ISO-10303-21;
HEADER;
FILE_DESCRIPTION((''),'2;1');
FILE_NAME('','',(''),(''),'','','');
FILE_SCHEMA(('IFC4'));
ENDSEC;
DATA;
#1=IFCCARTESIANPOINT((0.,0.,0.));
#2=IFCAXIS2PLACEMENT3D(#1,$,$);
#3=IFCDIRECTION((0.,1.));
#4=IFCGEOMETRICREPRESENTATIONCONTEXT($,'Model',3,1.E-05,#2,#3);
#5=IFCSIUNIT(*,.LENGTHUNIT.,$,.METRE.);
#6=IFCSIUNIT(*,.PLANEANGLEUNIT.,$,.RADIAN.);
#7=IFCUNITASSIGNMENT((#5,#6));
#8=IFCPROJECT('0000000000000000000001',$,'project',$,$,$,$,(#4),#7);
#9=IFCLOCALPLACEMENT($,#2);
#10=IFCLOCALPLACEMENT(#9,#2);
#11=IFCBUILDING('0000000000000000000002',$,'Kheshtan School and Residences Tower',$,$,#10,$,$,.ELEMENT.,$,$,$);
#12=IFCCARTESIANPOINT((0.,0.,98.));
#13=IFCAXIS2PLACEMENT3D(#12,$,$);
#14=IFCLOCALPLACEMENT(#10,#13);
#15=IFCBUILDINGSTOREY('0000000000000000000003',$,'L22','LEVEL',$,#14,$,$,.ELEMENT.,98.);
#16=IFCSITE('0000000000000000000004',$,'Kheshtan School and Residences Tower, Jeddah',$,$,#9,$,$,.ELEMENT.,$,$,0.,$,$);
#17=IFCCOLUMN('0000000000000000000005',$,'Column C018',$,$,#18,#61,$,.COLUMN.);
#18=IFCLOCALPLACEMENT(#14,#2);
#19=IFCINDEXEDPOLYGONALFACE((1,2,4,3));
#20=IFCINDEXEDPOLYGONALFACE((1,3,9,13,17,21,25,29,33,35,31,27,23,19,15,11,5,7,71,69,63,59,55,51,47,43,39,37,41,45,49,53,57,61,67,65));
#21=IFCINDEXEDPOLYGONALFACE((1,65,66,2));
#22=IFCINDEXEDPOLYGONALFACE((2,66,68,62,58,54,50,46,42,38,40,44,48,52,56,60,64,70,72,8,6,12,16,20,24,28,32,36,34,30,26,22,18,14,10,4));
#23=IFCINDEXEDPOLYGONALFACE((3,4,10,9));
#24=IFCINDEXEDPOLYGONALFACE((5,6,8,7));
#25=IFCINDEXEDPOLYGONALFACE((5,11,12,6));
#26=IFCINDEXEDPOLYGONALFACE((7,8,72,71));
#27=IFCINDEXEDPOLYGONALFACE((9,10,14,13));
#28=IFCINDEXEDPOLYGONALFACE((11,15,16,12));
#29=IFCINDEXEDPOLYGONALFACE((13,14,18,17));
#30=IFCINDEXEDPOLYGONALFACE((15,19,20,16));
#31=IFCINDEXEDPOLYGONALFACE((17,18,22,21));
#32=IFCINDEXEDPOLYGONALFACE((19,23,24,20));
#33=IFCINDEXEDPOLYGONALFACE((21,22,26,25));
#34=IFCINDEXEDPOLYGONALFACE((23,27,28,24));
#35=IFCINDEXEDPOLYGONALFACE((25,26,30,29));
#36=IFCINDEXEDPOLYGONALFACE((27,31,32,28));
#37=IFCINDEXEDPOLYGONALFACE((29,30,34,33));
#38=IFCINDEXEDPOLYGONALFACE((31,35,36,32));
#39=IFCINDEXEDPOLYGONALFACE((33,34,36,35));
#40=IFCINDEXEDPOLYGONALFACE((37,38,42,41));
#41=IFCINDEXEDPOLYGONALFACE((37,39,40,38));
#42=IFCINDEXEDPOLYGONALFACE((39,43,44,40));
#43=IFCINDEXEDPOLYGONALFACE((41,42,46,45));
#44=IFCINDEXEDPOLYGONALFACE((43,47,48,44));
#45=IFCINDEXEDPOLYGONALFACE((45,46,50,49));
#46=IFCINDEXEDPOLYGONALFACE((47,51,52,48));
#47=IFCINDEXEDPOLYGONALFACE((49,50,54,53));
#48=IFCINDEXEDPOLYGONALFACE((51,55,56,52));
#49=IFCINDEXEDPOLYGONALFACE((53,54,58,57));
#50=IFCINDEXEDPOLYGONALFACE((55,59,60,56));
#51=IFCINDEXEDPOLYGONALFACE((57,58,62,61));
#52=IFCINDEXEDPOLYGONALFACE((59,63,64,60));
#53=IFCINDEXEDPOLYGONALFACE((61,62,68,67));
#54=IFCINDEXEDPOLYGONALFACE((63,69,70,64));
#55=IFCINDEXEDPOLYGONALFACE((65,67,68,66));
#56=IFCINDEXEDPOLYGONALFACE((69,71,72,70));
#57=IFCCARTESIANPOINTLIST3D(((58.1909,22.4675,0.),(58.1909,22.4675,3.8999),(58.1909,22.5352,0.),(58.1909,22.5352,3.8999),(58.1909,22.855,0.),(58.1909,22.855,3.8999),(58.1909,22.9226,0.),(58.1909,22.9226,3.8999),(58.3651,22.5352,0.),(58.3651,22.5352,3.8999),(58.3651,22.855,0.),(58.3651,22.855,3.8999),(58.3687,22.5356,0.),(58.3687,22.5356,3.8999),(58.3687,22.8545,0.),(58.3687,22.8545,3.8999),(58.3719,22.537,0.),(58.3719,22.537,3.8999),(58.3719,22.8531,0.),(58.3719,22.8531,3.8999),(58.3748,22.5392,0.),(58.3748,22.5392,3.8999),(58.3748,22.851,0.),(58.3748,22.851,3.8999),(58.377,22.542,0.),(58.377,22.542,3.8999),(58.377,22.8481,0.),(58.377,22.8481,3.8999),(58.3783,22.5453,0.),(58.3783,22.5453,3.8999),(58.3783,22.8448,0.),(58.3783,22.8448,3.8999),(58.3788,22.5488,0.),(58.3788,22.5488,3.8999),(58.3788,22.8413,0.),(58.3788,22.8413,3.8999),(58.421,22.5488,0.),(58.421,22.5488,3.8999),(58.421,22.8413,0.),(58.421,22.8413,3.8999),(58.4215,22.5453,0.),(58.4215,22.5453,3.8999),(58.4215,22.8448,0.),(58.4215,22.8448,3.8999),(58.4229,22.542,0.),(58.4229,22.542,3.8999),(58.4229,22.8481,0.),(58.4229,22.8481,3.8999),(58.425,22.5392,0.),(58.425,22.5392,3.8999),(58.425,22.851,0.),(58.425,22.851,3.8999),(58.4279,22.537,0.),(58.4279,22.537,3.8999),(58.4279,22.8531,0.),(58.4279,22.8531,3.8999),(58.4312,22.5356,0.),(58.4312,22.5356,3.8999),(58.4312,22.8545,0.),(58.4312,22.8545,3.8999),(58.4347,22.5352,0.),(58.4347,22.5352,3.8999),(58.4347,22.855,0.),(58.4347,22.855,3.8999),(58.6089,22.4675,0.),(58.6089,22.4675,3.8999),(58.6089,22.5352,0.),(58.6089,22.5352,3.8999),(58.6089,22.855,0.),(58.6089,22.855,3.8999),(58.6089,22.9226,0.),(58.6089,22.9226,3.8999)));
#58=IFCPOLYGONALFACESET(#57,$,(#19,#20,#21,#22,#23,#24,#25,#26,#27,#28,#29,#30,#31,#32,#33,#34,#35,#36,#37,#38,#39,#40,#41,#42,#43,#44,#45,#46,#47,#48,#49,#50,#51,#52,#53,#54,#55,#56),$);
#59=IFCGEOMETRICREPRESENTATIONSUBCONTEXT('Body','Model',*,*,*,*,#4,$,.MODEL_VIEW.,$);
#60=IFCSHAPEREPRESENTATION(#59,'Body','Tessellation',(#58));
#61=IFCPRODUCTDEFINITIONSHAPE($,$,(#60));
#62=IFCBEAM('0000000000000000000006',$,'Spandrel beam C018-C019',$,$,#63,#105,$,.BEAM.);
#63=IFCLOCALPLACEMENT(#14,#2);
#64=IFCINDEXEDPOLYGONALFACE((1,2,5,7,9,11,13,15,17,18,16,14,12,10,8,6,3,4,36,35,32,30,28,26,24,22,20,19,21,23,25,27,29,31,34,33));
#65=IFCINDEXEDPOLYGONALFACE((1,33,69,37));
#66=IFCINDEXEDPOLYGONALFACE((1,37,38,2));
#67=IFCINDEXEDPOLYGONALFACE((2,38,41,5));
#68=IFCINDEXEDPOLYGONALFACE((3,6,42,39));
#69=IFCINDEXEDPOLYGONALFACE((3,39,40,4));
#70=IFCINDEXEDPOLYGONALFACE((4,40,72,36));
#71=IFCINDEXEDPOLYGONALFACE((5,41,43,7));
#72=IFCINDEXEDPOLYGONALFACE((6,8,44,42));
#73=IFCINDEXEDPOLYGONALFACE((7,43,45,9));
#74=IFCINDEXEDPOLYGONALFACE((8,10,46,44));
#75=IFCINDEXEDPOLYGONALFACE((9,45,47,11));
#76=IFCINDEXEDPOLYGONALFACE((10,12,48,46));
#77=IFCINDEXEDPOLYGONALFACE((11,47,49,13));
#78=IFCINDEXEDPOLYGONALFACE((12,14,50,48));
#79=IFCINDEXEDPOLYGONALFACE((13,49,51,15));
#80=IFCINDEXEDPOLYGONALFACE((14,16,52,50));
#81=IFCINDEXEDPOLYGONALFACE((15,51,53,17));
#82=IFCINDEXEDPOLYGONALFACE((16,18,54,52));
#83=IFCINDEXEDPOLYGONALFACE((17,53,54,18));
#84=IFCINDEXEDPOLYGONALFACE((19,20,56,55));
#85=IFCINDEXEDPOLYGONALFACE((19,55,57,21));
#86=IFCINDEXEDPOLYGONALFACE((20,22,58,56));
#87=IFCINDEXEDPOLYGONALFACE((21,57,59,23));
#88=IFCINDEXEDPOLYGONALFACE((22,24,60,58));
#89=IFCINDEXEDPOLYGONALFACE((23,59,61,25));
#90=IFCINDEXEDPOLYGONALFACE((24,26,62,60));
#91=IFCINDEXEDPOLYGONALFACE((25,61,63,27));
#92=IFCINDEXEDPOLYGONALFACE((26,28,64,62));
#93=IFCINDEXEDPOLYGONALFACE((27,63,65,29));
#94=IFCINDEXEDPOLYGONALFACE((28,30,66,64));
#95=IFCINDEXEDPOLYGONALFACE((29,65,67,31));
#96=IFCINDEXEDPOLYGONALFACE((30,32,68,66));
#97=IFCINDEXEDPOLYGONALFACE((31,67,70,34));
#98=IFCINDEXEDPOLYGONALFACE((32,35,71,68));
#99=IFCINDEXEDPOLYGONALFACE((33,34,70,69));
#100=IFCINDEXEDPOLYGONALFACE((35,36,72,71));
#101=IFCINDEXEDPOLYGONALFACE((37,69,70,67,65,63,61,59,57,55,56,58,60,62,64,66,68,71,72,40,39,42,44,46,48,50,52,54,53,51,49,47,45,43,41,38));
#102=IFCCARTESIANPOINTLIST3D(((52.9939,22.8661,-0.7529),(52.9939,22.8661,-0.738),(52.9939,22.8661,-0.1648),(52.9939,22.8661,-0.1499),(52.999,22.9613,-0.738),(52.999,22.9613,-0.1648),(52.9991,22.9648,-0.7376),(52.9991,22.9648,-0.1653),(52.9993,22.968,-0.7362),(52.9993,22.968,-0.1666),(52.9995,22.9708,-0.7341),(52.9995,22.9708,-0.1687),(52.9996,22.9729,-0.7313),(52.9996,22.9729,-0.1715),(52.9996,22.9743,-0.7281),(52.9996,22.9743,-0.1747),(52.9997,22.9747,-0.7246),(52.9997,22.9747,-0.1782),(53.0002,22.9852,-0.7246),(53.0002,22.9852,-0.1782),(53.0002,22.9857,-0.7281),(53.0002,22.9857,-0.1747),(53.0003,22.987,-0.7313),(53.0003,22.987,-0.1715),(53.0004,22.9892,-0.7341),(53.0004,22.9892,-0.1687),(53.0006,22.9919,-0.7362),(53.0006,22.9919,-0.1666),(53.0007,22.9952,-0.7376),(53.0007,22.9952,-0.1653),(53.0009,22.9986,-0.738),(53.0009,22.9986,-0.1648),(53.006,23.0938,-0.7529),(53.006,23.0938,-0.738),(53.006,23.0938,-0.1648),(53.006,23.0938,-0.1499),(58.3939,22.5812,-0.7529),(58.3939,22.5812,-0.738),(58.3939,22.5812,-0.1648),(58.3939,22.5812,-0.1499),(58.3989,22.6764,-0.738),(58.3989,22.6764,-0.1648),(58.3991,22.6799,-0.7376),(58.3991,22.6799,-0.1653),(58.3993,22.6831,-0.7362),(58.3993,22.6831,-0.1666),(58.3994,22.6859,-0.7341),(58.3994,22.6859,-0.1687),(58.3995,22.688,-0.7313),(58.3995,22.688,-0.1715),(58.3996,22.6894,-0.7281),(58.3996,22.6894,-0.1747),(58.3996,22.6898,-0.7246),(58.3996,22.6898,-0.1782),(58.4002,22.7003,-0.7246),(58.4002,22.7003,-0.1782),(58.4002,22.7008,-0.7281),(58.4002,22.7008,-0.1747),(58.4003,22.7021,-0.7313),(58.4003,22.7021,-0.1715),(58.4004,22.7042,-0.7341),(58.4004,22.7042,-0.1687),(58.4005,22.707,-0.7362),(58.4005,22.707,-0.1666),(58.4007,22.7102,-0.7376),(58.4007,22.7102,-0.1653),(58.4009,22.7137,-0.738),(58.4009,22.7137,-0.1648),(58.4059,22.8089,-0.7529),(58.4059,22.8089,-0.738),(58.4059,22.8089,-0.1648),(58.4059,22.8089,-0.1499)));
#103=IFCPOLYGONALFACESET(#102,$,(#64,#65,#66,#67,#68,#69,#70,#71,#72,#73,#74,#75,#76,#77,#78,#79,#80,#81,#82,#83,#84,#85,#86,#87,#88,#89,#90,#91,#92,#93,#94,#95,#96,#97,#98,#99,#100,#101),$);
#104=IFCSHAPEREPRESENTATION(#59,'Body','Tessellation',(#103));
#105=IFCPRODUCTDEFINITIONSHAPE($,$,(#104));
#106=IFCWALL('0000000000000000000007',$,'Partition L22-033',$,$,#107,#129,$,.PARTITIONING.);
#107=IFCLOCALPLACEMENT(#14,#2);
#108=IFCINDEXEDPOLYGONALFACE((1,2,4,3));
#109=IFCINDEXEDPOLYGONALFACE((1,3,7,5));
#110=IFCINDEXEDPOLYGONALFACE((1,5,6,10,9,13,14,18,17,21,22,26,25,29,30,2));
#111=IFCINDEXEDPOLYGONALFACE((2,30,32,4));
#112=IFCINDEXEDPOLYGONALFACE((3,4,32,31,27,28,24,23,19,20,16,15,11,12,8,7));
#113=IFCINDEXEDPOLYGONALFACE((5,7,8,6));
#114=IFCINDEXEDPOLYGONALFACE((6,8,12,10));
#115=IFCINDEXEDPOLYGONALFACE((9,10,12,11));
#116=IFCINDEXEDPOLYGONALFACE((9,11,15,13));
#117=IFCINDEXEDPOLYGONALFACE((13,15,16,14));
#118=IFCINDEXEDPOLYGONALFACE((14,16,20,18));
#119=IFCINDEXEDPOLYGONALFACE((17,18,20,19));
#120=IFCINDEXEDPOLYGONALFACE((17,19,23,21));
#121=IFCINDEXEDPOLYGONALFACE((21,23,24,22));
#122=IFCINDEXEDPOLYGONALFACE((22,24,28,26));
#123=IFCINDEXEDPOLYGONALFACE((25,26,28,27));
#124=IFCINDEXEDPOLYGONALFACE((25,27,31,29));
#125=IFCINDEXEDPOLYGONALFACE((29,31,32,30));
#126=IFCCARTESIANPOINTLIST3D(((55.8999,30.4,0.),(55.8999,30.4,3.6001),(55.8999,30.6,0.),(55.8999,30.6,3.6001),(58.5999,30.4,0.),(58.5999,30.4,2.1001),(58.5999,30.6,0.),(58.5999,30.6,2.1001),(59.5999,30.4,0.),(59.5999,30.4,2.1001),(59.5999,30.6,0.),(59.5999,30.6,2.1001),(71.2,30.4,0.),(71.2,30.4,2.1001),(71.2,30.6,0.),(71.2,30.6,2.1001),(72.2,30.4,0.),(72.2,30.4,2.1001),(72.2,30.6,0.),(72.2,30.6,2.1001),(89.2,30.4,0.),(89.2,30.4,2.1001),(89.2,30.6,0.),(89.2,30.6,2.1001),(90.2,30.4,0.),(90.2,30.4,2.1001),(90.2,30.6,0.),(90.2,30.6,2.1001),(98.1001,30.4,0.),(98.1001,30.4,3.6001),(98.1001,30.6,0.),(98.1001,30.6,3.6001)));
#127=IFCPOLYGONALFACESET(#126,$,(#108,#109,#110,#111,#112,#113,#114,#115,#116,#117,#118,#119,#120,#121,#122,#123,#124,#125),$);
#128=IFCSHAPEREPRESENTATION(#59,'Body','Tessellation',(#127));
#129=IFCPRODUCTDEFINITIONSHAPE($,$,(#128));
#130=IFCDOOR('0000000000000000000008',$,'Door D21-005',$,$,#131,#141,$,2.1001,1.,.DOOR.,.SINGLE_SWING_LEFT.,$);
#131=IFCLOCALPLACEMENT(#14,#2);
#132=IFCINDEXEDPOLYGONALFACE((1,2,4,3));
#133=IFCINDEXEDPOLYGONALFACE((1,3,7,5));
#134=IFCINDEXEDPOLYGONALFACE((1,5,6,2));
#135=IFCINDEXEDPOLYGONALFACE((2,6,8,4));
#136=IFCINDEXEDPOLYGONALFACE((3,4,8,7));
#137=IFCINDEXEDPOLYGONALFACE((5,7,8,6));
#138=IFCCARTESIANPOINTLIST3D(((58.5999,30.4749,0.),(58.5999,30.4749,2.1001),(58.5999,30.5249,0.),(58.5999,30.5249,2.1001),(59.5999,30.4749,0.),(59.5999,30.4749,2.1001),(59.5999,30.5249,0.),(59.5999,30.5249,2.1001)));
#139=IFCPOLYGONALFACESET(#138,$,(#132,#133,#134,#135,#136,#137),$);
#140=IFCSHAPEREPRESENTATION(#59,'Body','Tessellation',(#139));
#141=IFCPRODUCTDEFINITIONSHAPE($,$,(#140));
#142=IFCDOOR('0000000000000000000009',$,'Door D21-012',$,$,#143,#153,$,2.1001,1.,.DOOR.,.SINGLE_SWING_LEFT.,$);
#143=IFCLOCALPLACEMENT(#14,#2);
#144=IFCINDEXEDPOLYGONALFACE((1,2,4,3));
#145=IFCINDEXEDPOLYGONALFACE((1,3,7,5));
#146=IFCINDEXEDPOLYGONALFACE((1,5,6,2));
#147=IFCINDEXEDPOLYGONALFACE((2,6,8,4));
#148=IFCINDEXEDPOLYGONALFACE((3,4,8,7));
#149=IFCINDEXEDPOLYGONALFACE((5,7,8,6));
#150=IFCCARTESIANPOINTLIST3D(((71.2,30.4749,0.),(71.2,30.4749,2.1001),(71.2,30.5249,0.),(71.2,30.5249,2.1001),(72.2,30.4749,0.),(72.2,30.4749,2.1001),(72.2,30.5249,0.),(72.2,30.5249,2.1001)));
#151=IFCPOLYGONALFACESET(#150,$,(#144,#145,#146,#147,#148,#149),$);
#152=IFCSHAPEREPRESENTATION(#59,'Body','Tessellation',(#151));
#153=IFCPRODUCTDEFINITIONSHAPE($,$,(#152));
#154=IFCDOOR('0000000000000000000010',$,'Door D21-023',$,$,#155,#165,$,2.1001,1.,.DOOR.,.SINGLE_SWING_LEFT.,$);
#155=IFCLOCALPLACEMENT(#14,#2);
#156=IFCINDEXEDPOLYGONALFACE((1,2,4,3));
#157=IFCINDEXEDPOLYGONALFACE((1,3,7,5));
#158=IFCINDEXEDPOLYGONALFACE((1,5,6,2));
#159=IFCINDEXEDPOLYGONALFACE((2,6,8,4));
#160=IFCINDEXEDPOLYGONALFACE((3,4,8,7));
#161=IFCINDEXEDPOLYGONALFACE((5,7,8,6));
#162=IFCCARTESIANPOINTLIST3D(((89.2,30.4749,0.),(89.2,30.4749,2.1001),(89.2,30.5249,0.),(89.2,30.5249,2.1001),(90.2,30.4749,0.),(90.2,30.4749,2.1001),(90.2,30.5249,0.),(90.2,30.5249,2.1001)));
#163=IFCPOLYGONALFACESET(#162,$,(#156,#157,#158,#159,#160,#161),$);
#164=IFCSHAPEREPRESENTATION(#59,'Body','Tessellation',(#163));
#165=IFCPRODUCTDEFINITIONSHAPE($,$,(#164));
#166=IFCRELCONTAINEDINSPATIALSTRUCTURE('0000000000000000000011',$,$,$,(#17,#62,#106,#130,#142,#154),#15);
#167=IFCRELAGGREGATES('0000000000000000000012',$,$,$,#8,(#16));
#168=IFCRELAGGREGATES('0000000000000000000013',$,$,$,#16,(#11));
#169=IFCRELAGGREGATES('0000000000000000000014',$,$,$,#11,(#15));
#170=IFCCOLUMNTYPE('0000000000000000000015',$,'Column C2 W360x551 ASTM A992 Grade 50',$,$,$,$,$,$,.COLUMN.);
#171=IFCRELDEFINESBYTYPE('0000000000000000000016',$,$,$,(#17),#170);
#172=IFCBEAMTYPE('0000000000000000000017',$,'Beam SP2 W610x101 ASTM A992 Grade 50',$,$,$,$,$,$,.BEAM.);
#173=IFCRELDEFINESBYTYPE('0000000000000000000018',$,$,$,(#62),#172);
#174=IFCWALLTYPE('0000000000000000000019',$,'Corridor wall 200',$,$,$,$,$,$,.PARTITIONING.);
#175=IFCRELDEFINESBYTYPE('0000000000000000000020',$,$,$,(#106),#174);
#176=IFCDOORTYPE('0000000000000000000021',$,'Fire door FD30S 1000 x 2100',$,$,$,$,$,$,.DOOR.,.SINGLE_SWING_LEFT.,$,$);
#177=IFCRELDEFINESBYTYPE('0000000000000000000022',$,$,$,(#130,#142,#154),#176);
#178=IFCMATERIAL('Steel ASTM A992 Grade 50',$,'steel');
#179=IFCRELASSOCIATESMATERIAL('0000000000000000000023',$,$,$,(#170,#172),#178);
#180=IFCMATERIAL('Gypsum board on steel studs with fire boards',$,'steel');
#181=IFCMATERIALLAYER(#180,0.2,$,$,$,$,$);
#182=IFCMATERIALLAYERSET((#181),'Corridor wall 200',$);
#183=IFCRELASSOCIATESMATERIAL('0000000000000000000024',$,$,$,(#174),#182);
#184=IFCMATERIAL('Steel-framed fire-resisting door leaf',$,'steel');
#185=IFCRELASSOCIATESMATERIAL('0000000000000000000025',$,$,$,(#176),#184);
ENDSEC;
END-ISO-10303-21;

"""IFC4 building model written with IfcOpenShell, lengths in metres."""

from ifc_helpers import new_model, si_unit, direction, frame, frame_2d, origin, origin_2d, place, context, subcontext, project, spatial, rectangle, i_section, extrude, source, transform, mapped, material, layer, layer_set, material_profile, profile_set, type_object, element, fill, save


model = new_model("IFC4")

# Units and contexts
model_context = context("Model", 3, precision=1e-05, world=origin(), true_north=direction((0.0, 1.0)))
body_context = subcontext(model_context, "Body", "Model", "MODEL_VIEW")
ifc_project = project(units=[si_unit("LENGTHUNIT", "METRE"), si_unit("PLANEANGLEUNIT", "RADIAN")], contexts=[model_context])

# Site, building, storey
site_placement = place(None, origin())
site = spatial("IfcSite", under=ifc_project, at=site_placement, Name="Kheshtan School and Residences Tower, Jeddah", CompositionType="ELEMENT", RefElevation=0.0)
building_placement = place(site_placement, origin())
building = spatial("IfcBuilding", under=site, at=building_placement, Name="Kheshtan School and Residences Tower", CompositionType="ELEMENT")
storey_placement = place(building_placement, frame((0.0, 0.0, 98.0)))
storey = spatial("IfcBuildingStorey", under=building, at=storey_placement, Name="L22", Description="LEVEL", CompositionType="ELEMENT", Elevation=98.0)

# Column
ifc_material_1 = material(Name="Steel ASTM A992 Grade 50", Category="steel")
ifc_material_profile_1 = material_profile(ifc_material_1, i_section(OverallWidth=0.418, OverallDepth=0.4551, WebThickness=0.0422, FlangeThickness=0.0676, FilletRadius=0.0137, at=origin_2d()), Name="W360x551")
ifc_profile_set_1 = profile_set([ifc_material_profile_1], Name="Steel ASTM A992 Grade 50")
column_type = type_object("IfcColumnType", Name="Column C2 W360x551 ASTM A992 Grade 50", PredefinedType="COLUMN", material=ifc_profile_set_1)
column_placement = place(storey_placement, frame((58.3999, 22.6951, 0.0), z_axis=(0.0, 0.0, 1.0), x_axis=(1.0, 0.0, 0.0)))
element("IfcColumn", 1, at=column_placement, inside=storey, type_object=column_type, Name="Column C018", PredefinedType="COLUMN", context=body_context, shape_type="SweptSolid", body=[
    extrude(i_section(OverallWidth=0.418, OverallDepth=0.4551, WebThickness=0.0422, FlangeThickness=0.0676, FilletRadius=0.0137, at=origin_2d()), origin(), (0.0, 0.0, 1.0), 3.8999),
])

# Beam
ifc_material_profile_2 = material_profile(ifc_material_1, i_section(OverallWidth=0.228, OverallDepth=0.603, WebThickness=0.0105, FlangeThickness=0.0149, FilletRadius=0.0134, at=origin_2d()), Name="W610x101")
ifc_profile_set_2 = profile_set([ifc_material_profile_2], Name="Steel ASTM A992 Grade 50")
beam_type = type_object("IfcBeamType", Name="Beam SP2 W610x101 ASTM A992 Grade 50", PredefinedType="BEAM", material=ifc_profile_set_2)
beam_placement = place(storey_placement, frame((58.3999, 22.6951, -0.4514), z_axis=(-0.998611, 0.052689, 0.0), x_axis=(-0.052689, -0.998611, 0.0)))
element("IfcBeam", 2, at=beam_placement, inside=storey, type_object=beam_type, Name="Spandrel beam C018-C019", PredefinedType="BEAM", context=body_context, shape_type="SweptSolid", body=[
    extrude(i_section(OverallWidth=0.228, OverallDepth=0.603, WebThickness=0.0105, FlangeThickness=0.0149, FilletRadius=0.0134, at=origin_2d()), origin(), (0.0, 0.0, 1.0), 5.4075),
])

# Wall, openings, doors
ifc_material_2 = material(Name="Gypsum board on steel studs with fire boards", Category="steel")
ifc_layer_1 = layer(ifc_material_2, 0.2)
ifc_layer_set_1 = layer_set([ifc_layer_1], Name="Corridor wall 200")
wall_type_1 = type_object("IfcWallType", Name="Corridor wall 200", PredefinedType="PARTITIONING", material=ifc_layer_set_1)
wall_1_placement = place(storey_placement, frame((55.8999, 30.5, 0.0), z_axis=(0.0, 0.0, 1.0), x_axis=(1.0, 0.0, 0.0)))
wall_1 = element("IfcWall", 3, at=wall_1_placement, inside=storey, type_object=wall_type_1, Name="Partition L22-033", PredefinedType="PARTITIONING", context=body_context, shape_type="SweptSolid", body=[
    extrude(rectangle(XDim=42.2002, YDim=0.2, at=frame_2d((21.1001, 0.0))), origin(), (0.0, 0.0, 1.0), 3.6001),
])
opening_1_placement = place(wall_1_placement, frame((2.7, 0.0, 0.0)))
opening_1 = element("IfcOpeningElement", 4, at=opening_1_placement, cuts=wall_1, PredefinedType="OPENING", context=body_context, shape_type="SweptSolid", body=[
    extrude(rectangle(XDim=1.0, YDim=2.1001, at=frame_2d((0.5, 1.05))), frame((0.0, 0.1099, 0.0), z_axis=(0.0, -1.0, 0.0), x_axis=(1.0, 0.0, 0.0)), (0.0, 0.0, 1.0), 0.22),
])
opening_2_placement = place(wall_1_placement, frame((15.3, 0.0, 0.0)))
opening_2 = element("IfcOpeningElement", 5, at=opening_2_placement, cuts=wall_1, PredefinedType="OPENING", context=body_context, shape_type="SweptSolid", body=[
    extrude(rectangle(XDim=1.0, YDim=2.1001, at=frame_2d((0.5, 1.05))), frame((0.0, 0.1099, 0.0), z_axis=(0.0, -1.0, 0.0), x_axis=(1.0, 0.0, 0.0)), (0.0, 0.0, 1.0), 0.22),
])
opening_3_placement = place(wall_1_placement, frame((33.3, 0.0, 0.0)))
opening_3 = element("IfcOpeningElement", 6, at=opening_3_placement, cuts=wall_1, PredefinedType="OPENING", context=body_context, shape_type="SweptSolid", body=[
    extrude(rectangle(XDim=1.0, YDim=2.1001, at=frame_2d((0.5, 1.05))), frame((0.0, 0.1099, 0.0), z_axis=(0.0, -1.0, 0.0), x_axis=(1.0, 0.0, 0.0)), (0.0, 0.0, 1.0), 0.22),
])
ifc_material_3 = material(Name="Steel-framed fire-resisting door leaf", Category="steel")
door_type_1 = type_object("IfcDoorType", Name="Fire door FD30S 1000 x 2100", OperationType="SINGLE_SWING_LEFT", PredefinedType="DOOR", material=ifc_material_3)
shared_shape_1 = source(origin(), body_context, "Body", "SweptSolid", [
    extrude(rectangle(XDim=1.0, YDim=2.1001, at=frame_2d((0.5, 1.05))), frame((0.0, 0.0249, 0.0), z_axis=(0.0, -1.0, 0.0), x_axis=(1.0, 0.0, 0.0)), (0.0, 0.0, 1.0), 0.05),
])
door_1_placement = place(opening_1_placement, origin())
door_1 = element("IfcDoor", 7, at=door_1_placement, inside=storey, type_object=door_type_1, Name="Door D21-005", OperationType="SINGLE_SWING_LEFT", OverallHeight=2.1001, OverallWidth=1.0, PredefinedType="DOOR", context=body_context, shape_type="MappedRepresentation", body=[
    mapped(shared_shape_1, transform((0.0, 0.0, 0.0), x_axis=(1.0, 0.0, 0.0), y_axis=(0.0, 1.0, 0.0), z_axis=(0.0, 0.0, 1.0), scale=1.0)),
])
fill(opening_1, door_1)
door_2_placement = place(opening_2_placement, origin())
door_2 = element("IfcDoor", 8, at=door_2_placement, inside=storey, type_object=door_type_1, Name="Door D21-012", OperationType="SINGLE_SWING_LEFT", OverallHeight=2.1001, OverallWidth=1.0, PredefinedType="DOOR", context=body_context, shape_type="MappedRepresentation", body=[
    mapped(shared_shape_1, transform((0.0, 0.0, 0.0), x_axis=(1.0, 0.0, 0.0), y_axis=(0.0, 1.0, 0.0), z_axis=(0.0, 0.0, 1.0), scale=1.0)),
])
fill(opening_2, door_2)
door_3_placement = place(opening_3_placement, origin())
door_3 = element("IfcDoor", 9, at=door_3_placement, inside=storey, type_object=door_type_1, Name="Door D21-023", OperationType="SINGLE_SWING_LEFT", OverallHeight=2.1001, OverallWidth=1.0, PredefinedType="DOOR", context=body_context, shape_type="MappedRepresentation", body=[
    mapped(shared_shape_1, transform((0.0, 0.0, 0.0), x_axis=(1.0, 0.0, 0.0), y_axis=(0.0, 1.0, 0.0), z_axis=(0.0, 0.0, 1.0), scale=1.0)),
])
fill(opening_3, door_3)

save(model, "model.ifc")
